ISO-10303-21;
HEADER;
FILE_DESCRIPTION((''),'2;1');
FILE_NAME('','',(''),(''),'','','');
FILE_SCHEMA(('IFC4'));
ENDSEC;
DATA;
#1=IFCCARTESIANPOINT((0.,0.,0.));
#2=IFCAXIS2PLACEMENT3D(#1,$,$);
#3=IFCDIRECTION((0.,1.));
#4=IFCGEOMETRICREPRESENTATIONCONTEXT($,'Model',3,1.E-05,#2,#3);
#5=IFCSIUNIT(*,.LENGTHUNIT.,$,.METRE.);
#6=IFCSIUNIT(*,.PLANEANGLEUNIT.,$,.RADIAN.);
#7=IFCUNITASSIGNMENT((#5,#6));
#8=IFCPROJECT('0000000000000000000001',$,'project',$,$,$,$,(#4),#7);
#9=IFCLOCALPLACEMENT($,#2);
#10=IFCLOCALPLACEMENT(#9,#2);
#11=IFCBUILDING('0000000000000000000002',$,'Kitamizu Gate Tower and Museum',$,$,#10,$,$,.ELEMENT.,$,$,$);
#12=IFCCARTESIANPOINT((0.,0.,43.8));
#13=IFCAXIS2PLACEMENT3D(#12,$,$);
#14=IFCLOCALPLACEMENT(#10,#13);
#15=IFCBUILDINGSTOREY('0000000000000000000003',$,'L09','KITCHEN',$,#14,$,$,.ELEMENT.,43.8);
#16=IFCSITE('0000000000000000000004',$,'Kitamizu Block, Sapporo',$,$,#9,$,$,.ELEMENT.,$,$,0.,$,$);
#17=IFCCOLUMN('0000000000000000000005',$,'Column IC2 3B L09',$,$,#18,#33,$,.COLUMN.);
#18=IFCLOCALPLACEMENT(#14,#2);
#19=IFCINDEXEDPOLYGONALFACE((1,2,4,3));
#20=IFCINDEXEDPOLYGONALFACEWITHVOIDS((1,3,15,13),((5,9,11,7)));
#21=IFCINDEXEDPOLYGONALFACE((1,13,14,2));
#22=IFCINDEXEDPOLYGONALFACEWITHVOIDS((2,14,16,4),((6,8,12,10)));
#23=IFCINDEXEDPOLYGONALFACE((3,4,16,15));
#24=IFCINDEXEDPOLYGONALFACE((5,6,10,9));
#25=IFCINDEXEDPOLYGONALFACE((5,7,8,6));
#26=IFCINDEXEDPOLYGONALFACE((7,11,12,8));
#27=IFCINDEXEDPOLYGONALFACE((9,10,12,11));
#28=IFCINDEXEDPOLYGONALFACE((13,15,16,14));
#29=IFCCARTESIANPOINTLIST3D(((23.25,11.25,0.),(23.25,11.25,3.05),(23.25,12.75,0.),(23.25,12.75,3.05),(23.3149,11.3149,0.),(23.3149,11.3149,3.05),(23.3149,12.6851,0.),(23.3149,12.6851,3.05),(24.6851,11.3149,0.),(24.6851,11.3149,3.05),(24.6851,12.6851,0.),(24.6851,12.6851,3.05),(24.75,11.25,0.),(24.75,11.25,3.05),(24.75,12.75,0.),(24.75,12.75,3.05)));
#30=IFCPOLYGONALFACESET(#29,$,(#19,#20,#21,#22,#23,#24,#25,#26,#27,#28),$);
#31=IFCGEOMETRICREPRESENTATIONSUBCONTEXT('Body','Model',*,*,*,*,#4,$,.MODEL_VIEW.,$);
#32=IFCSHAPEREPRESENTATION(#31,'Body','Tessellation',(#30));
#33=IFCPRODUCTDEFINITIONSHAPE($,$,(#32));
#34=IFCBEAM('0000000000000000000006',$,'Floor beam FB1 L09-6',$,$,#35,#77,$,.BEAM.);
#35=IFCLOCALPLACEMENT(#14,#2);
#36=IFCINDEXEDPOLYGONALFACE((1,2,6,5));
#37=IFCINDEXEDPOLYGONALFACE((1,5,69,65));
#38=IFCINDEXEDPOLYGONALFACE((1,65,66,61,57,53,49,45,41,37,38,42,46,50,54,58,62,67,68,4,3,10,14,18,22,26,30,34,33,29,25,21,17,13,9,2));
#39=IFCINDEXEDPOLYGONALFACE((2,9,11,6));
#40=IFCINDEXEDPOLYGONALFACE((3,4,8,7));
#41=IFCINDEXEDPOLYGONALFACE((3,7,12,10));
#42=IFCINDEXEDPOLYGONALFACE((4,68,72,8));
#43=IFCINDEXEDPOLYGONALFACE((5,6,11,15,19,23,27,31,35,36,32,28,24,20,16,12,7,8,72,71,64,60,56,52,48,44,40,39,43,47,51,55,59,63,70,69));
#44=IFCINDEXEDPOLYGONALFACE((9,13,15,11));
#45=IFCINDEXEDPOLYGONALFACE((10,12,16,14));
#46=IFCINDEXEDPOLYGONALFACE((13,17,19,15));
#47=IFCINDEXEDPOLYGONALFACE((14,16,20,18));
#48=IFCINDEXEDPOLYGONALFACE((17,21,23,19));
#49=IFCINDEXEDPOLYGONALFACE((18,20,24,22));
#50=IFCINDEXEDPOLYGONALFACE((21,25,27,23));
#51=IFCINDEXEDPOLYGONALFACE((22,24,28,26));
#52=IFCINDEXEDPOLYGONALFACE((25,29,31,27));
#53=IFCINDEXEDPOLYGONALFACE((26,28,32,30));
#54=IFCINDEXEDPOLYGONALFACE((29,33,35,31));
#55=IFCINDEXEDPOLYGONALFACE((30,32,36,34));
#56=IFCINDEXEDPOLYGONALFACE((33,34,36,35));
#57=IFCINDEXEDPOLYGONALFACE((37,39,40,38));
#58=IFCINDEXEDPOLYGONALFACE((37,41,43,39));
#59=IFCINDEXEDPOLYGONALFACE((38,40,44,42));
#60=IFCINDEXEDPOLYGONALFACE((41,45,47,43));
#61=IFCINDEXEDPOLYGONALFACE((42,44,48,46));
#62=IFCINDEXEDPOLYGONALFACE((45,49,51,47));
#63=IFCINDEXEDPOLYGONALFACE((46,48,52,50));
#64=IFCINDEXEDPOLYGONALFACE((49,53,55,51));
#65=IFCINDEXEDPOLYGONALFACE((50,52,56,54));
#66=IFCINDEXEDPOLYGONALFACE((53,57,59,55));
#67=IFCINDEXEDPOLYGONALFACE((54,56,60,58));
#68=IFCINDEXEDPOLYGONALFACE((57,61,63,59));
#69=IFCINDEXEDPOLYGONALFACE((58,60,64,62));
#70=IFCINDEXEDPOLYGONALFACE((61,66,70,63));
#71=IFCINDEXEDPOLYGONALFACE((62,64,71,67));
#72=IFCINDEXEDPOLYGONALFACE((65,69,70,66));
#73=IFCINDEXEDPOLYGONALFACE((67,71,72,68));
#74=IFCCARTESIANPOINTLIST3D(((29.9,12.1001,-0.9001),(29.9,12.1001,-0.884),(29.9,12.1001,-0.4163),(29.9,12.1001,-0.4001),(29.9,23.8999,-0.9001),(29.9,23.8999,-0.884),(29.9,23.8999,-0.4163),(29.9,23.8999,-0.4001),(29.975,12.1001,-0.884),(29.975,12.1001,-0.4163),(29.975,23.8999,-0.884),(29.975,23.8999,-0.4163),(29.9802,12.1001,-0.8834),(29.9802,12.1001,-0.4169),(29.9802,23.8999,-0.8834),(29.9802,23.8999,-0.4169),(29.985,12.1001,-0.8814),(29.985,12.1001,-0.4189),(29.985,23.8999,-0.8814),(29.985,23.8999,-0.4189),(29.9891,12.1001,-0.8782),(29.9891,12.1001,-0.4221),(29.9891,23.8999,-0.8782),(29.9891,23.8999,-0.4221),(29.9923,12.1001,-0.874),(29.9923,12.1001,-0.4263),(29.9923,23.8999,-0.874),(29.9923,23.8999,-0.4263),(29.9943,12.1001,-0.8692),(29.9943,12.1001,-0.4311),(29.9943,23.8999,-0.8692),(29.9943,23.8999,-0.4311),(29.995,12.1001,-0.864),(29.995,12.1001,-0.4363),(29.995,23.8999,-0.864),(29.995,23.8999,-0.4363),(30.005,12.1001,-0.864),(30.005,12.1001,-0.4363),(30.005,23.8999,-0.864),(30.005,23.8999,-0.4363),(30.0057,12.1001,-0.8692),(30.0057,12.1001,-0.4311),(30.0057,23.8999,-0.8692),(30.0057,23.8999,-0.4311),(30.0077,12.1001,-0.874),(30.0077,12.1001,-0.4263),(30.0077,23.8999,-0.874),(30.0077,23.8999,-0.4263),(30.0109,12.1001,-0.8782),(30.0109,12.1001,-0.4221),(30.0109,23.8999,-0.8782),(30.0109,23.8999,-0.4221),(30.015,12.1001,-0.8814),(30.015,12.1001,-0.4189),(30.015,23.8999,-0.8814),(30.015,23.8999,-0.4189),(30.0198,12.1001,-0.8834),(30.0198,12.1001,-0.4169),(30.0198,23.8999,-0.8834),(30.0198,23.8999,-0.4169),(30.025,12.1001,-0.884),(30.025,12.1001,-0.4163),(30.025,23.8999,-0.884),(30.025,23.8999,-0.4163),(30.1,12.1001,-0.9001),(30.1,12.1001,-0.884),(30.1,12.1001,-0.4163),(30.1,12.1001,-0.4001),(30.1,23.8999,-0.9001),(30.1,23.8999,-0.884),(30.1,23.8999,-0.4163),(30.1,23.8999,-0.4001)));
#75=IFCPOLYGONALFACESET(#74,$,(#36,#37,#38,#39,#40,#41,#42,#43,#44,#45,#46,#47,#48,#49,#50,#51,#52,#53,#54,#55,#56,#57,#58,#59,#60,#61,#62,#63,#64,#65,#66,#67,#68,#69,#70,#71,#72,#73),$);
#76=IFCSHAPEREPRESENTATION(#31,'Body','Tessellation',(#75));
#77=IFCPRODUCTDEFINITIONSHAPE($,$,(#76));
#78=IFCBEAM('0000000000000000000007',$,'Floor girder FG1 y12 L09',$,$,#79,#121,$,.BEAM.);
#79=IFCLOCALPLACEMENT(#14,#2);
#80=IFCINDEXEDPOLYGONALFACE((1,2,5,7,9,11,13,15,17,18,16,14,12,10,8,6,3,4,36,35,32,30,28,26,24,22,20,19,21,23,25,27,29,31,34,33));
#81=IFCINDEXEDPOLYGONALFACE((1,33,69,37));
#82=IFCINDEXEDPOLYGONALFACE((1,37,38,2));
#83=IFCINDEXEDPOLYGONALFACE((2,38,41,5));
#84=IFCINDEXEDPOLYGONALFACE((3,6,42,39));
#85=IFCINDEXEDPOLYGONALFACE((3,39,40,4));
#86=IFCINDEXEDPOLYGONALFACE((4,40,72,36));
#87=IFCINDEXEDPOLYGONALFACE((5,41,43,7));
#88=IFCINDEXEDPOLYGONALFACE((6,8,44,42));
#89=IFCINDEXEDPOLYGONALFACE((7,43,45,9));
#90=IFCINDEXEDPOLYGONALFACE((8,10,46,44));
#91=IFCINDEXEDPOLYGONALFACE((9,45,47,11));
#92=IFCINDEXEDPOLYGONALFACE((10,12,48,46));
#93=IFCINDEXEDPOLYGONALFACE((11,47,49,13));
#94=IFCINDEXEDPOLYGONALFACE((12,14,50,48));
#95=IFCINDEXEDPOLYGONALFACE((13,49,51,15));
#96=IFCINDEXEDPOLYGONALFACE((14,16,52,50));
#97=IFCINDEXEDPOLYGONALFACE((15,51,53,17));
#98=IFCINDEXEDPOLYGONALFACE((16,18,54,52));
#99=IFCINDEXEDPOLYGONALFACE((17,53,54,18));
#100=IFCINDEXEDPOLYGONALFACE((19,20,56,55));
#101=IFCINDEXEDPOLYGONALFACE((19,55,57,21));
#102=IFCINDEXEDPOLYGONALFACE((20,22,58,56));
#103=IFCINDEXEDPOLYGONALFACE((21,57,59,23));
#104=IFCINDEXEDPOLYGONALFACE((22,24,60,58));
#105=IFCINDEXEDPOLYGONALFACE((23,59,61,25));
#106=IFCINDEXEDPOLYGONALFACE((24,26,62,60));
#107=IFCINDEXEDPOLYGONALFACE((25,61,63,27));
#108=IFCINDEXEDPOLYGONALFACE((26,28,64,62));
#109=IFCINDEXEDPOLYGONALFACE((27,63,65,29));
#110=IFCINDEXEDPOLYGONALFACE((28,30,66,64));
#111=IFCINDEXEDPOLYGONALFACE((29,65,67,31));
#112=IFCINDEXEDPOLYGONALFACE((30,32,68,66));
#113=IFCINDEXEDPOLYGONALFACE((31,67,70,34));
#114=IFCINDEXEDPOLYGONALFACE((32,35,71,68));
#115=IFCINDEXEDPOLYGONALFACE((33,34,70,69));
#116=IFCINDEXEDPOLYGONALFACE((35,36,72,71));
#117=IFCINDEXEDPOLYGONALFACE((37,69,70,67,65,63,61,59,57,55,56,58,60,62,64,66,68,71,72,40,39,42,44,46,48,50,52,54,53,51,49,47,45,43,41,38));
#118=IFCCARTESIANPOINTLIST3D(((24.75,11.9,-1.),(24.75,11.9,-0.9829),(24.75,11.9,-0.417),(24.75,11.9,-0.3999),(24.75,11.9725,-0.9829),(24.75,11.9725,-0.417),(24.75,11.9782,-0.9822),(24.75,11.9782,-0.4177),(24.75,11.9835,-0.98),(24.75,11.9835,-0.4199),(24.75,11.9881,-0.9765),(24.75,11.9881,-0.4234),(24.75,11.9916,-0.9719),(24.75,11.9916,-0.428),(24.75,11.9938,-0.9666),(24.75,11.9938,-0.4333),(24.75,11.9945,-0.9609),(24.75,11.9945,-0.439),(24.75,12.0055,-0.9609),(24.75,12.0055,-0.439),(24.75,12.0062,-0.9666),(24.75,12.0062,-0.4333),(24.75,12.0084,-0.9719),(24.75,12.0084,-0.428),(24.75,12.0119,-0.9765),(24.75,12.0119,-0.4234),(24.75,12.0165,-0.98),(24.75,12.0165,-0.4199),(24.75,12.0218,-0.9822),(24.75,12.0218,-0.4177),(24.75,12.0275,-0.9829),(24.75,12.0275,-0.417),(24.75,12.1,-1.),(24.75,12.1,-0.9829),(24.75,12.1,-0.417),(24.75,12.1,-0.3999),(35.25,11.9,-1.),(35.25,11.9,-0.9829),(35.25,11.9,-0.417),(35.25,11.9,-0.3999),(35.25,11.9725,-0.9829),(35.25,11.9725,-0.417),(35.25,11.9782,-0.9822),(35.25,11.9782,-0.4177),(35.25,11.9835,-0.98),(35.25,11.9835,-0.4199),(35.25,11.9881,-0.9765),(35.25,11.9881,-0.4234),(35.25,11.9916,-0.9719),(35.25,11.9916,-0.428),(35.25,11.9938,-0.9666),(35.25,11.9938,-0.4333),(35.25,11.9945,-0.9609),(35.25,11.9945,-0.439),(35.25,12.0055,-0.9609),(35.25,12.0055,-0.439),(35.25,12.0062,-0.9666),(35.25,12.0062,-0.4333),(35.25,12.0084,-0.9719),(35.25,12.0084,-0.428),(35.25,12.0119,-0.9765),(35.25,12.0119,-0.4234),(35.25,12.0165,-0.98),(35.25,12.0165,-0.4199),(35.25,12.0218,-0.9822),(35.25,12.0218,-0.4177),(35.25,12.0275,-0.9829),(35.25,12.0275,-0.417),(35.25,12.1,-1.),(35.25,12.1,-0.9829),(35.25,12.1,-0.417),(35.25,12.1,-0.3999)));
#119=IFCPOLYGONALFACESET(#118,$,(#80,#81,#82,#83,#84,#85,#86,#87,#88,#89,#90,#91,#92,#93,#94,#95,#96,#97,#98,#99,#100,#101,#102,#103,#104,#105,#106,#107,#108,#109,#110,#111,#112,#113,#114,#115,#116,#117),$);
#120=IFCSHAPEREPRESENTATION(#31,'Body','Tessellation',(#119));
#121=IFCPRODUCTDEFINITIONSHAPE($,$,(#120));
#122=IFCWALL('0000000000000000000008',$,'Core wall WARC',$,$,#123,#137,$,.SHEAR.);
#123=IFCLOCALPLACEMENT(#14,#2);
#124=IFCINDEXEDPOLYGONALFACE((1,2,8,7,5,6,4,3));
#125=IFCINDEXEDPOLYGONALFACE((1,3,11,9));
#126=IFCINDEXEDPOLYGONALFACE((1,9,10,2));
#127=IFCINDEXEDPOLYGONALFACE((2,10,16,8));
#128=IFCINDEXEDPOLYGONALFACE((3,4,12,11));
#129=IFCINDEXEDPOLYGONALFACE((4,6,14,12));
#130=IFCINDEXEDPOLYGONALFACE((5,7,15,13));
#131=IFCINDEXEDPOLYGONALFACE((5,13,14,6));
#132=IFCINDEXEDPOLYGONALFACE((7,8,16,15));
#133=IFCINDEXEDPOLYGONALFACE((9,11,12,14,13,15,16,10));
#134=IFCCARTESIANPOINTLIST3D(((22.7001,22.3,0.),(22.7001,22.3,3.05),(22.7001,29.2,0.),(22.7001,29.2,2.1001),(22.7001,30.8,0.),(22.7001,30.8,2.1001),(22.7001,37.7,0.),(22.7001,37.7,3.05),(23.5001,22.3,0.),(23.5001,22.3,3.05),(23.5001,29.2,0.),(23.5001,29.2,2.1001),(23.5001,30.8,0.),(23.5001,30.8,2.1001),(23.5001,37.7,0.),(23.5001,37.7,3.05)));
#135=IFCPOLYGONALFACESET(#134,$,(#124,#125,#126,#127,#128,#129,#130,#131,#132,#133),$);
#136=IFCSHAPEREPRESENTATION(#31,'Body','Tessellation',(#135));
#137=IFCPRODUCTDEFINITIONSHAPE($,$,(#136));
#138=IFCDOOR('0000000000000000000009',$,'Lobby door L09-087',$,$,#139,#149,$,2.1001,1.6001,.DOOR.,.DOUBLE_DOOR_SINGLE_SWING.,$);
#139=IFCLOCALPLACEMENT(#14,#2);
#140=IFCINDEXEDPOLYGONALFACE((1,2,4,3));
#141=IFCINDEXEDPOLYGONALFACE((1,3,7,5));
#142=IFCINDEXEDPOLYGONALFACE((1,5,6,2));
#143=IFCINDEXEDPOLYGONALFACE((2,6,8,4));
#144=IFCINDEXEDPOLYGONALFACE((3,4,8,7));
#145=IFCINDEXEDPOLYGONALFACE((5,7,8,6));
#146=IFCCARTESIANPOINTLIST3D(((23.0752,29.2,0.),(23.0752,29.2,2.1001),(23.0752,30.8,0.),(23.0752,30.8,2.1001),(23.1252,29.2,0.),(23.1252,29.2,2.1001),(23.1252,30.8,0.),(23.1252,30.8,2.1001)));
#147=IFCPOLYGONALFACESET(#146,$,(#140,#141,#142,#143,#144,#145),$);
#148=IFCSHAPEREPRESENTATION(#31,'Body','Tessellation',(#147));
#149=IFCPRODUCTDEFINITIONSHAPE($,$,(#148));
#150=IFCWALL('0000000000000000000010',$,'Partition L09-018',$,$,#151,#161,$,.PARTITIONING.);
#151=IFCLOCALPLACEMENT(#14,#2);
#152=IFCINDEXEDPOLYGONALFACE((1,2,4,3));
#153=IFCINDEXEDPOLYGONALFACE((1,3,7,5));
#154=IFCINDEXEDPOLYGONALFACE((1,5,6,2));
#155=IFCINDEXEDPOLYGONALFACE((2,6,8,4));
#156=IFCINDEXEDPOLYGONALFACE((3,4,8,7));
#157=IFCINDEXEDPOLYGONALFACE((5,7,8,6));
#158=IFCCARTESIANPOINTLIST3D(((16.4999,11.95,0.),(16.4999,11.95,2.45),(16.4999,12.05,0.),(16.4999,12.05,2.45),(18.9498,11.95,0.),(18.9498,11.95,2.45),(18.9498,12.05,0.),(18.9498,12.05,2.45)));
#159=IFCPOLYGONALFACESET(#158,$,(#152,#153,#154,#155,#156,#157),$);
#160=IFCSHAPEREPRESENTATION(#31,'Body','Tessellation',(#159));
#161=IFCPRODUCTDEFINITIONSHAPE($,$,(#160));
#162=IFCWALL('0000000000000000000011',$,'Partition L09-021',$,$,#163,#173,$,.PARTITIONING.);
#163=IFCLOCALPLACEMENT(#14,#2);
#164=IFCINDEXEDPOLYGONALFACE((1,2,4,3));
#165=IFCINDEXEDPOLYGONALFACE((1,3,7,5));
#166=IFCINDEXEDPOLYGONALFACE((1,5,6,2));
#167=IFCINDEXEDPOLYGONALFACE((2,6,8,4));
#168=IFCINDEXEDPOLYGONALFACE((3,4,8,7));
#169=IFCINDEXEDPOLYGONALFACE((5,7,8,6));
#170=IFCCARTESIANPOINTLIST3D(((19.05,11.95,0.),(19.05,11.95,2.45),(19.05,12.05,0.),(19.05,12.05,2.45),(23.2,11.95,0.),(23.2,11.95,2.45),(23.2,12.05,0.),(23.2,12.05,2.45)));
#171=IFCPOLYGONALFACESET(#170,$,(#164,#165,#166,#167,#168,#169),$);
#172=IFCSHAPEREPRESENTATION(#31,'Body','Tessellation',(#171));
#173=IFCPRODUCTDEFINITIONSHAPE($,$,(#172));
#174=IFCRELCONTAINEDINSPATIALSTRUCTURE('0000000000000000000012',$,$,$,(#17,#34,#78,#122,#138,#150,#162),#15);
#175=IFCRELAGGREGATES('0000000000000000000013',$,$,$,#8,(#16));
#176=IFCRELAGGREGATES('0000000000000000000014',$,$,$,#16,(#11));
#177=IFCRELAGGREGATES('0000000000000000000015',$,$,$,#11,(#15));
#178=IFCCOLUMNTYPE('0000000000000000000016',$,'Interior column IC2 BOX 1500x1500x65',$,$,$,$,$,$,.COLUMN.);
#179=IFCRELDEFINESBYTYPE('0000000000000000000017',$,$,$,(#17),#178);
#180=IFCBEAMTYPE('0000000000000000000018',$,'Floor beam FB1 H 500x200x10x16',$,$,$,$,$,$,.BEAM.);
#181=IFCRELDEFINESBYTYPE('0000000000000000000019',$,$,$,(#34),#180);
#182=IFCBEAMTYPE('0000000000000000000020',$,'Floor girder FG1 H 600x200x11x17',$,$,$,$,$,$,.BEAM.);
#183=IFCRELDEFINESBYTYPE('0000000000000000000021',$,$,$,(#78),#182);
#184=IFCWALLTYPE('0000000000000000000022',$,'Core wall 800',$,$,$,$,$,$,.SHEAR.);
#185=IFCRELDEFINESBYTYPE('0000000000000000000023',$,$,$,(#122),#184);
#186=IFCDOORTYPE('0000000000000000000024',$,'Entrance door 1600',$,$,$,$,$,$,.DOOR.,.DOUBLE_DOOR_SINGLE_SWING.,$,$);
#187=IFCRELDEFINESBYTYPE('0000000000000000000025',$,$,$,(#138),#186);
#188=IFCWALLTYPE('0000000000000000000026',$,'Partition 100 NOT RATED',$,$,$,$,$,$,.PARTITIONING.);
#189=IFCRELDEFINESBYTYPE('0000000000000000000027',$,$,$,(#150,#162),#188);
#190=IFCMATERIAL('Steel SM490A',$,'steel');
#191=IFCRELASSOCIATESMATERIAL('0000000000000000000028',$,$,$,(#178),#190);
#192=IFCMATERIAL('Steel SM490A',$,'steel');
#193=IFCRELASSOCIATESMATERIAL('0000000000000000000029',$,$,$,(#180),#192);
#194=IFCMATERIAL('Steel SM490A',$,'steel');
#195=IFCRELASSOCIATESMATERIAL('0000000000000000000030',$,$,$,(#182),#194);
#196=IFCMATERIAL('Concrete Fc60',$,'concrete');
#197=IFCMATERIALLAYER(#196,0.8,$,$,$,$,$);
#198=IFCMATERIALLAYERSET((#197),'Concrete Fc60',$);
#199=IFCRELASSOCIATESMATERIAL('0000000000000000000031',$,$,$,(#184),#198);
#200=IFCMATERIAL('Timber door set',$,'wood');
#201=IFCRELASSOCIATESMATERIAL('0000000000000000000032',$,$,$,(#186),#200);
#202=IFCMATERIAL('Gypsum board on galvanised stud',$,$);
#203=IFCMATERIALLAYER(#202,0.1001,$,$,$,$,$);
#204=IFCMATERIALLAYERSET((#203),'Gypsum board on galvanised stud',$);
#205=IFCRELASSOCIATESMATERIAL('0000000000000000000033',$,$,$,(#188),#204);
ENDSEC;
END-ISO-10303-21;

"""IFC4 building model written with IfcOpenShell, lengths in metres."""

from ifc_helpers import new_model, si_unit, direction, frame, frame_2d, origin, origin_2d, place, context, subcontext, project, spatial, rectangle, hollow_rectangle, i_section, extrude, material, layer, layer_set, material_profile, profile_set, type_object, element, fill, save


model = new_model("IFC4")

# Units and contexts
model_context = context("Model", 3, precision=1e-05, world=origin(), true_north=direction((0.0, 1.0)))
body_context = subcontext(model_context, "Body", "Model", "MODEL_VIEW")
ifc_project = project(units=[si_unit("LENGTHUNIT", "METRE"), si_unit("PLANEANGLEUNIT", "RADIAN")], contexts=[model_context])

# Site, building, storey
site_placement = place(None, origin())
site = spatial("IfcSite", under=ifc_project, at=site_placement, Name="Kitamizu Block, Sapporo", CompositionType="ELEMENT", RefElevation=0.0)
building_placement = place(site_placement, origin())
building = spatial("IfcBuilding", under=site, at=building_placement, Name="Kitamizu Gate Tower and Museum", CompositionType="ELEMENT")
storey_placement = place(building_placement, frame((0.0, 0.0, 43.8)))
storey = spatial("IfcBuildingStorey", under=building, at=storey_placement, Name="L09", Description="KITCHEN", CompositionType="ELEMENT", Elevation=43.8)

# Column
ifc_material_1 = material(Name="Steel SM490A", Category="steel")
ifc_material_profile_1 = material_profile(ifc_material_1, hollow_rectangle(XDim=1.5, YDim=1.5, WallThickness=0.0649, at=origin_2d()), Name="BOX 1500x1500x65")
ifc_profile_set_1 = profile_set([ifc_material_profile_1], Name="Steel SM490A")
column_type = type_object("IfcColumnType", Name="Interior column IC2 BOX 1500x1500x65", PredefinedType="COLUMN", material=ifc_profile_set_1)
column_placement = place(storey_placement, frame((24.0, 12.0, 0.0), z_axis=(0.0, 0.0, 1.0), x_axis=(1.0, 0.0, 0.0)))
element("IfcColumn", 1, at=column_placement, inside=storey, type_object=column_type, Name="Column IC2 3B L09", PredefinedType="COLUMN", context=body_context, shape_type="SweptSolid", body=[
    extrude(hollow_rectangle(XDim=1.5, YDim=1.5, WallThickness=0.0649, at=origin_2d()), origin(), (0.0, 0.0, 1.0), 3.05),
])

# Beams
ifc_material_2 = material(Name="Steel SM490A", Category="steel")
ifc_material_profile_2 = material_profile(ifc_material_2, i_section(OverallWidth=0.2, OverallDepth=0.5, WebThickness=0.01, FlangeThickness=0.0161, FilletRadius=0.02, at=origin_2d()), Name="H-500x200x10x16")
ifc_profile_set_2 = profile_set([ifc_material_profile_2], Name="Steel SM490A")
beam_type_1 = type_object("IfcBeamType", Name="Floor beam FB1 H 500x200x10x16", PredefinedType="BEAM", material=ifc_profile_set_2)
beam_1_placement = place(storey_placement, frame((30.0, 12.1001, -0.6501), z_axis=(0.0, 1.0, 0.0), x_axis=(-1.0, 0.0, 0.0)))
element("IfcBeam", 2, at=beam_1_placement, inside=storey, type_object=beam_type_1, Name="Floor beam FB1 L09-6", PredefinedType="BEAM", context=body_context, shape_type="SweptSolid", body=[
    extrude(i_section(OverallWidth=0.2, OverallDepth=0.5, WebThickness=0.01, FlangeThickness=0.0161, FilletRadius=0.02, at=origin_2d()), origin(), (0.0, 0.0, 1.0), 11.7998),
])
ifc_material_3 = material(Name="Steel SM490A", Category="steel")
ifc_material_profile_3 = material_profile(ifc_material_3, i_section(OverallWidth=0.2, OverallDepth=0.6001, WebThickness=0.011, FlangeThickness=0.0171, FilletRadius=0.022, at=origin_2d()), Name="H-600x200x11x17")
ifc_profile_set_3 = profile_set([ifc_material_profile_3], Name="Steel SM490A")
beam_type_2 = type_object("IfcBeamType", Name="Floor girder FG1 H 600x200x11x17", PredefinedType="BEAM", material=ifc_profile_set_3)
beam_2_placement = place(storey_placement, frame((24.75, 12.0, -0.7), z_axis=(1.0, 0.0, 0.0), x_axis=(0.0, 1.0, 0.0)))
element("IfcBeam", 3, at=beam_2_placement, inside=storey, type_object=beam_type_2, Name="Floor girder FG1 y12 L09", PredefinedType="BEAM", context=body_context, shape_type="SweptSolid", body=[
    extrude(i_section(OverallWidth=0.2, OverallDepth=0.6001, WebThickness=0.011, FlangeThickness=0.0171, FilletRadius=0.022, at=origin_2d()), origin(), (0.0, 0.0, 1.0), 10.5),
])

# Wall, opening, door
ifc_material_4 = material(Name="Concrete Fc60", Category="concrete")
ifc_layer_1 = layer(ifc_material_4, 0.8)
ifc_layer_set_1 = layer_set([ifc_layer_1], Name="Concrete Fc60")
wall_type_1 = type_object("IfcWallType", Name="Core wall 800", PredefinedType="SHEAR", material=ifc_layer_set_1)
wall_1_placement = place(storey_placement, frame((23.1001, 22.3, 0.0), z_axis=(0.0, 0.0, 1.0), x_axis=(0.0, 1.0, 0.0)))
wall_1 = element("IfcWall", 4, at=wall_1_placement, inside=storey, type_object=wall_type_1, Name="Core wall WARC", PredefinedType="SHEAR", context=body_context, shape_type="SweptSolid", body=[
    extrude(rectangle(XDim=15.3999, YDim=0.8, at=frame_2d((7.7, 0.0))), origin(), (0.0, 0.0, 1.0), 3.05),
])
opening_1_placement = place(wall_1_placement, frame((6.8999, 0.0, 0.0)))
opening_1 = element("IfcOpeningElement", 5, at=opening_1_placement, cuts=wall_1, PredefinedType="OPENING", context=body_context, shape_type="SweptSolid", body=[
    extrude(rectangle(XDim=1.6001, YDim=2.1001, at=frame_2d((0.8, 1.05))), frame((0.0, 0.4102, 0.0), z_axis=(0.0, -1.0, 0.0), x_axis=(1.0, 0.0, 0.0)), (0.0, 0.0, 1.0), 0.8201),
])
ifc_material_5 = material(Name="Timber door set", Category="wood")
door_type_1 = type_object("IfcDoorType", Name="Entrance door 1600", OperationType="DOUBLE_DOOR_SINGLE_SWING", PredefinedType="DOOR", material=ifc_material_5)
door_1_placement = place(opening_1_placement, origin())
door_1 = element("IfcDoor", 6, at=door_1_placement, inside=storey, type_object=door_type_1, Name="Lobby door L09-087", OperationType="DOUBLE_DOOR_SINGLE_SWING", OverallHeight=2.1001, OverallWidth=1.6001, PredefinedType="DOOR", context=body_context, shape_type="SweptSolid", body=[
    extrude(rectangle(XDim=1.6001, YDim=2.1001, at=frame_2d((0.8, 1.05))), frame((0.0, 0.0249, 0.0), z_axis=(0.0, -1.0, 0.0), x_axis=(1.0, 0.0, 0.0)), (0.0, 0.0, 1.0), 0.05),
])
fill(opening_1, door_1)

# Walls
ifc_material_6 = material(Name="Gypsum board on galvanised stud")
ifc_layer_2 = layer(ifc_material_6, 0.1001)
ifc_layer_set_2 = layer_set([ifc_layer_2], Name="Gypsum board on galvanised stud")
wall_type_2 = type_object("IfcWallType", Name="Partition 100 NOT RATED", PredefinedType="PARTITIONING", material=ifc_layer_set_2)
wall_2_placement = place(storey_placement, frame((18.95, 12.0, 0.0), z_axis=(0.0, 0.0, 1.0), x_axis=(-1.0, 0.0, 0.0)))
element("IfcWall", 7, at=wall_2_placement, inside=storey, type_object=wall_type_2, Name="Partition L09-018", PredefinedType="PARTITIONING", context=body_context, shape_type="SweptSolid", body=[
    extrude(rectangle(XDim=2.45, YDim=0.1001, at=frame_2d((1.2251, 0.0))), origin(), (0.0, 0.0, 1.0), 2.45),
])
wall_3_placement = place(storey_placement, frame((23.2, 12.0, 0.0), z_axis=(0.0, 0.0, 1.0), x_axis=(-1.0, 0.0, 0.0)))
element("IfcWall", 8, at=wall_3_placement, inside=storey, type_object=wall_type_2, Name="Partition L09-021", PredefinedType="PARTITIONING", context=body_context, shape_type="SweptSolid", body=[
    extrude(rectangle(XDim=4.1499, YDim=0.1001, at=frame_2d((2.075, 0.0))), origin(), (0.0, 0.0, 1.0), 2.45),
])

save(model, "model.ifc")
